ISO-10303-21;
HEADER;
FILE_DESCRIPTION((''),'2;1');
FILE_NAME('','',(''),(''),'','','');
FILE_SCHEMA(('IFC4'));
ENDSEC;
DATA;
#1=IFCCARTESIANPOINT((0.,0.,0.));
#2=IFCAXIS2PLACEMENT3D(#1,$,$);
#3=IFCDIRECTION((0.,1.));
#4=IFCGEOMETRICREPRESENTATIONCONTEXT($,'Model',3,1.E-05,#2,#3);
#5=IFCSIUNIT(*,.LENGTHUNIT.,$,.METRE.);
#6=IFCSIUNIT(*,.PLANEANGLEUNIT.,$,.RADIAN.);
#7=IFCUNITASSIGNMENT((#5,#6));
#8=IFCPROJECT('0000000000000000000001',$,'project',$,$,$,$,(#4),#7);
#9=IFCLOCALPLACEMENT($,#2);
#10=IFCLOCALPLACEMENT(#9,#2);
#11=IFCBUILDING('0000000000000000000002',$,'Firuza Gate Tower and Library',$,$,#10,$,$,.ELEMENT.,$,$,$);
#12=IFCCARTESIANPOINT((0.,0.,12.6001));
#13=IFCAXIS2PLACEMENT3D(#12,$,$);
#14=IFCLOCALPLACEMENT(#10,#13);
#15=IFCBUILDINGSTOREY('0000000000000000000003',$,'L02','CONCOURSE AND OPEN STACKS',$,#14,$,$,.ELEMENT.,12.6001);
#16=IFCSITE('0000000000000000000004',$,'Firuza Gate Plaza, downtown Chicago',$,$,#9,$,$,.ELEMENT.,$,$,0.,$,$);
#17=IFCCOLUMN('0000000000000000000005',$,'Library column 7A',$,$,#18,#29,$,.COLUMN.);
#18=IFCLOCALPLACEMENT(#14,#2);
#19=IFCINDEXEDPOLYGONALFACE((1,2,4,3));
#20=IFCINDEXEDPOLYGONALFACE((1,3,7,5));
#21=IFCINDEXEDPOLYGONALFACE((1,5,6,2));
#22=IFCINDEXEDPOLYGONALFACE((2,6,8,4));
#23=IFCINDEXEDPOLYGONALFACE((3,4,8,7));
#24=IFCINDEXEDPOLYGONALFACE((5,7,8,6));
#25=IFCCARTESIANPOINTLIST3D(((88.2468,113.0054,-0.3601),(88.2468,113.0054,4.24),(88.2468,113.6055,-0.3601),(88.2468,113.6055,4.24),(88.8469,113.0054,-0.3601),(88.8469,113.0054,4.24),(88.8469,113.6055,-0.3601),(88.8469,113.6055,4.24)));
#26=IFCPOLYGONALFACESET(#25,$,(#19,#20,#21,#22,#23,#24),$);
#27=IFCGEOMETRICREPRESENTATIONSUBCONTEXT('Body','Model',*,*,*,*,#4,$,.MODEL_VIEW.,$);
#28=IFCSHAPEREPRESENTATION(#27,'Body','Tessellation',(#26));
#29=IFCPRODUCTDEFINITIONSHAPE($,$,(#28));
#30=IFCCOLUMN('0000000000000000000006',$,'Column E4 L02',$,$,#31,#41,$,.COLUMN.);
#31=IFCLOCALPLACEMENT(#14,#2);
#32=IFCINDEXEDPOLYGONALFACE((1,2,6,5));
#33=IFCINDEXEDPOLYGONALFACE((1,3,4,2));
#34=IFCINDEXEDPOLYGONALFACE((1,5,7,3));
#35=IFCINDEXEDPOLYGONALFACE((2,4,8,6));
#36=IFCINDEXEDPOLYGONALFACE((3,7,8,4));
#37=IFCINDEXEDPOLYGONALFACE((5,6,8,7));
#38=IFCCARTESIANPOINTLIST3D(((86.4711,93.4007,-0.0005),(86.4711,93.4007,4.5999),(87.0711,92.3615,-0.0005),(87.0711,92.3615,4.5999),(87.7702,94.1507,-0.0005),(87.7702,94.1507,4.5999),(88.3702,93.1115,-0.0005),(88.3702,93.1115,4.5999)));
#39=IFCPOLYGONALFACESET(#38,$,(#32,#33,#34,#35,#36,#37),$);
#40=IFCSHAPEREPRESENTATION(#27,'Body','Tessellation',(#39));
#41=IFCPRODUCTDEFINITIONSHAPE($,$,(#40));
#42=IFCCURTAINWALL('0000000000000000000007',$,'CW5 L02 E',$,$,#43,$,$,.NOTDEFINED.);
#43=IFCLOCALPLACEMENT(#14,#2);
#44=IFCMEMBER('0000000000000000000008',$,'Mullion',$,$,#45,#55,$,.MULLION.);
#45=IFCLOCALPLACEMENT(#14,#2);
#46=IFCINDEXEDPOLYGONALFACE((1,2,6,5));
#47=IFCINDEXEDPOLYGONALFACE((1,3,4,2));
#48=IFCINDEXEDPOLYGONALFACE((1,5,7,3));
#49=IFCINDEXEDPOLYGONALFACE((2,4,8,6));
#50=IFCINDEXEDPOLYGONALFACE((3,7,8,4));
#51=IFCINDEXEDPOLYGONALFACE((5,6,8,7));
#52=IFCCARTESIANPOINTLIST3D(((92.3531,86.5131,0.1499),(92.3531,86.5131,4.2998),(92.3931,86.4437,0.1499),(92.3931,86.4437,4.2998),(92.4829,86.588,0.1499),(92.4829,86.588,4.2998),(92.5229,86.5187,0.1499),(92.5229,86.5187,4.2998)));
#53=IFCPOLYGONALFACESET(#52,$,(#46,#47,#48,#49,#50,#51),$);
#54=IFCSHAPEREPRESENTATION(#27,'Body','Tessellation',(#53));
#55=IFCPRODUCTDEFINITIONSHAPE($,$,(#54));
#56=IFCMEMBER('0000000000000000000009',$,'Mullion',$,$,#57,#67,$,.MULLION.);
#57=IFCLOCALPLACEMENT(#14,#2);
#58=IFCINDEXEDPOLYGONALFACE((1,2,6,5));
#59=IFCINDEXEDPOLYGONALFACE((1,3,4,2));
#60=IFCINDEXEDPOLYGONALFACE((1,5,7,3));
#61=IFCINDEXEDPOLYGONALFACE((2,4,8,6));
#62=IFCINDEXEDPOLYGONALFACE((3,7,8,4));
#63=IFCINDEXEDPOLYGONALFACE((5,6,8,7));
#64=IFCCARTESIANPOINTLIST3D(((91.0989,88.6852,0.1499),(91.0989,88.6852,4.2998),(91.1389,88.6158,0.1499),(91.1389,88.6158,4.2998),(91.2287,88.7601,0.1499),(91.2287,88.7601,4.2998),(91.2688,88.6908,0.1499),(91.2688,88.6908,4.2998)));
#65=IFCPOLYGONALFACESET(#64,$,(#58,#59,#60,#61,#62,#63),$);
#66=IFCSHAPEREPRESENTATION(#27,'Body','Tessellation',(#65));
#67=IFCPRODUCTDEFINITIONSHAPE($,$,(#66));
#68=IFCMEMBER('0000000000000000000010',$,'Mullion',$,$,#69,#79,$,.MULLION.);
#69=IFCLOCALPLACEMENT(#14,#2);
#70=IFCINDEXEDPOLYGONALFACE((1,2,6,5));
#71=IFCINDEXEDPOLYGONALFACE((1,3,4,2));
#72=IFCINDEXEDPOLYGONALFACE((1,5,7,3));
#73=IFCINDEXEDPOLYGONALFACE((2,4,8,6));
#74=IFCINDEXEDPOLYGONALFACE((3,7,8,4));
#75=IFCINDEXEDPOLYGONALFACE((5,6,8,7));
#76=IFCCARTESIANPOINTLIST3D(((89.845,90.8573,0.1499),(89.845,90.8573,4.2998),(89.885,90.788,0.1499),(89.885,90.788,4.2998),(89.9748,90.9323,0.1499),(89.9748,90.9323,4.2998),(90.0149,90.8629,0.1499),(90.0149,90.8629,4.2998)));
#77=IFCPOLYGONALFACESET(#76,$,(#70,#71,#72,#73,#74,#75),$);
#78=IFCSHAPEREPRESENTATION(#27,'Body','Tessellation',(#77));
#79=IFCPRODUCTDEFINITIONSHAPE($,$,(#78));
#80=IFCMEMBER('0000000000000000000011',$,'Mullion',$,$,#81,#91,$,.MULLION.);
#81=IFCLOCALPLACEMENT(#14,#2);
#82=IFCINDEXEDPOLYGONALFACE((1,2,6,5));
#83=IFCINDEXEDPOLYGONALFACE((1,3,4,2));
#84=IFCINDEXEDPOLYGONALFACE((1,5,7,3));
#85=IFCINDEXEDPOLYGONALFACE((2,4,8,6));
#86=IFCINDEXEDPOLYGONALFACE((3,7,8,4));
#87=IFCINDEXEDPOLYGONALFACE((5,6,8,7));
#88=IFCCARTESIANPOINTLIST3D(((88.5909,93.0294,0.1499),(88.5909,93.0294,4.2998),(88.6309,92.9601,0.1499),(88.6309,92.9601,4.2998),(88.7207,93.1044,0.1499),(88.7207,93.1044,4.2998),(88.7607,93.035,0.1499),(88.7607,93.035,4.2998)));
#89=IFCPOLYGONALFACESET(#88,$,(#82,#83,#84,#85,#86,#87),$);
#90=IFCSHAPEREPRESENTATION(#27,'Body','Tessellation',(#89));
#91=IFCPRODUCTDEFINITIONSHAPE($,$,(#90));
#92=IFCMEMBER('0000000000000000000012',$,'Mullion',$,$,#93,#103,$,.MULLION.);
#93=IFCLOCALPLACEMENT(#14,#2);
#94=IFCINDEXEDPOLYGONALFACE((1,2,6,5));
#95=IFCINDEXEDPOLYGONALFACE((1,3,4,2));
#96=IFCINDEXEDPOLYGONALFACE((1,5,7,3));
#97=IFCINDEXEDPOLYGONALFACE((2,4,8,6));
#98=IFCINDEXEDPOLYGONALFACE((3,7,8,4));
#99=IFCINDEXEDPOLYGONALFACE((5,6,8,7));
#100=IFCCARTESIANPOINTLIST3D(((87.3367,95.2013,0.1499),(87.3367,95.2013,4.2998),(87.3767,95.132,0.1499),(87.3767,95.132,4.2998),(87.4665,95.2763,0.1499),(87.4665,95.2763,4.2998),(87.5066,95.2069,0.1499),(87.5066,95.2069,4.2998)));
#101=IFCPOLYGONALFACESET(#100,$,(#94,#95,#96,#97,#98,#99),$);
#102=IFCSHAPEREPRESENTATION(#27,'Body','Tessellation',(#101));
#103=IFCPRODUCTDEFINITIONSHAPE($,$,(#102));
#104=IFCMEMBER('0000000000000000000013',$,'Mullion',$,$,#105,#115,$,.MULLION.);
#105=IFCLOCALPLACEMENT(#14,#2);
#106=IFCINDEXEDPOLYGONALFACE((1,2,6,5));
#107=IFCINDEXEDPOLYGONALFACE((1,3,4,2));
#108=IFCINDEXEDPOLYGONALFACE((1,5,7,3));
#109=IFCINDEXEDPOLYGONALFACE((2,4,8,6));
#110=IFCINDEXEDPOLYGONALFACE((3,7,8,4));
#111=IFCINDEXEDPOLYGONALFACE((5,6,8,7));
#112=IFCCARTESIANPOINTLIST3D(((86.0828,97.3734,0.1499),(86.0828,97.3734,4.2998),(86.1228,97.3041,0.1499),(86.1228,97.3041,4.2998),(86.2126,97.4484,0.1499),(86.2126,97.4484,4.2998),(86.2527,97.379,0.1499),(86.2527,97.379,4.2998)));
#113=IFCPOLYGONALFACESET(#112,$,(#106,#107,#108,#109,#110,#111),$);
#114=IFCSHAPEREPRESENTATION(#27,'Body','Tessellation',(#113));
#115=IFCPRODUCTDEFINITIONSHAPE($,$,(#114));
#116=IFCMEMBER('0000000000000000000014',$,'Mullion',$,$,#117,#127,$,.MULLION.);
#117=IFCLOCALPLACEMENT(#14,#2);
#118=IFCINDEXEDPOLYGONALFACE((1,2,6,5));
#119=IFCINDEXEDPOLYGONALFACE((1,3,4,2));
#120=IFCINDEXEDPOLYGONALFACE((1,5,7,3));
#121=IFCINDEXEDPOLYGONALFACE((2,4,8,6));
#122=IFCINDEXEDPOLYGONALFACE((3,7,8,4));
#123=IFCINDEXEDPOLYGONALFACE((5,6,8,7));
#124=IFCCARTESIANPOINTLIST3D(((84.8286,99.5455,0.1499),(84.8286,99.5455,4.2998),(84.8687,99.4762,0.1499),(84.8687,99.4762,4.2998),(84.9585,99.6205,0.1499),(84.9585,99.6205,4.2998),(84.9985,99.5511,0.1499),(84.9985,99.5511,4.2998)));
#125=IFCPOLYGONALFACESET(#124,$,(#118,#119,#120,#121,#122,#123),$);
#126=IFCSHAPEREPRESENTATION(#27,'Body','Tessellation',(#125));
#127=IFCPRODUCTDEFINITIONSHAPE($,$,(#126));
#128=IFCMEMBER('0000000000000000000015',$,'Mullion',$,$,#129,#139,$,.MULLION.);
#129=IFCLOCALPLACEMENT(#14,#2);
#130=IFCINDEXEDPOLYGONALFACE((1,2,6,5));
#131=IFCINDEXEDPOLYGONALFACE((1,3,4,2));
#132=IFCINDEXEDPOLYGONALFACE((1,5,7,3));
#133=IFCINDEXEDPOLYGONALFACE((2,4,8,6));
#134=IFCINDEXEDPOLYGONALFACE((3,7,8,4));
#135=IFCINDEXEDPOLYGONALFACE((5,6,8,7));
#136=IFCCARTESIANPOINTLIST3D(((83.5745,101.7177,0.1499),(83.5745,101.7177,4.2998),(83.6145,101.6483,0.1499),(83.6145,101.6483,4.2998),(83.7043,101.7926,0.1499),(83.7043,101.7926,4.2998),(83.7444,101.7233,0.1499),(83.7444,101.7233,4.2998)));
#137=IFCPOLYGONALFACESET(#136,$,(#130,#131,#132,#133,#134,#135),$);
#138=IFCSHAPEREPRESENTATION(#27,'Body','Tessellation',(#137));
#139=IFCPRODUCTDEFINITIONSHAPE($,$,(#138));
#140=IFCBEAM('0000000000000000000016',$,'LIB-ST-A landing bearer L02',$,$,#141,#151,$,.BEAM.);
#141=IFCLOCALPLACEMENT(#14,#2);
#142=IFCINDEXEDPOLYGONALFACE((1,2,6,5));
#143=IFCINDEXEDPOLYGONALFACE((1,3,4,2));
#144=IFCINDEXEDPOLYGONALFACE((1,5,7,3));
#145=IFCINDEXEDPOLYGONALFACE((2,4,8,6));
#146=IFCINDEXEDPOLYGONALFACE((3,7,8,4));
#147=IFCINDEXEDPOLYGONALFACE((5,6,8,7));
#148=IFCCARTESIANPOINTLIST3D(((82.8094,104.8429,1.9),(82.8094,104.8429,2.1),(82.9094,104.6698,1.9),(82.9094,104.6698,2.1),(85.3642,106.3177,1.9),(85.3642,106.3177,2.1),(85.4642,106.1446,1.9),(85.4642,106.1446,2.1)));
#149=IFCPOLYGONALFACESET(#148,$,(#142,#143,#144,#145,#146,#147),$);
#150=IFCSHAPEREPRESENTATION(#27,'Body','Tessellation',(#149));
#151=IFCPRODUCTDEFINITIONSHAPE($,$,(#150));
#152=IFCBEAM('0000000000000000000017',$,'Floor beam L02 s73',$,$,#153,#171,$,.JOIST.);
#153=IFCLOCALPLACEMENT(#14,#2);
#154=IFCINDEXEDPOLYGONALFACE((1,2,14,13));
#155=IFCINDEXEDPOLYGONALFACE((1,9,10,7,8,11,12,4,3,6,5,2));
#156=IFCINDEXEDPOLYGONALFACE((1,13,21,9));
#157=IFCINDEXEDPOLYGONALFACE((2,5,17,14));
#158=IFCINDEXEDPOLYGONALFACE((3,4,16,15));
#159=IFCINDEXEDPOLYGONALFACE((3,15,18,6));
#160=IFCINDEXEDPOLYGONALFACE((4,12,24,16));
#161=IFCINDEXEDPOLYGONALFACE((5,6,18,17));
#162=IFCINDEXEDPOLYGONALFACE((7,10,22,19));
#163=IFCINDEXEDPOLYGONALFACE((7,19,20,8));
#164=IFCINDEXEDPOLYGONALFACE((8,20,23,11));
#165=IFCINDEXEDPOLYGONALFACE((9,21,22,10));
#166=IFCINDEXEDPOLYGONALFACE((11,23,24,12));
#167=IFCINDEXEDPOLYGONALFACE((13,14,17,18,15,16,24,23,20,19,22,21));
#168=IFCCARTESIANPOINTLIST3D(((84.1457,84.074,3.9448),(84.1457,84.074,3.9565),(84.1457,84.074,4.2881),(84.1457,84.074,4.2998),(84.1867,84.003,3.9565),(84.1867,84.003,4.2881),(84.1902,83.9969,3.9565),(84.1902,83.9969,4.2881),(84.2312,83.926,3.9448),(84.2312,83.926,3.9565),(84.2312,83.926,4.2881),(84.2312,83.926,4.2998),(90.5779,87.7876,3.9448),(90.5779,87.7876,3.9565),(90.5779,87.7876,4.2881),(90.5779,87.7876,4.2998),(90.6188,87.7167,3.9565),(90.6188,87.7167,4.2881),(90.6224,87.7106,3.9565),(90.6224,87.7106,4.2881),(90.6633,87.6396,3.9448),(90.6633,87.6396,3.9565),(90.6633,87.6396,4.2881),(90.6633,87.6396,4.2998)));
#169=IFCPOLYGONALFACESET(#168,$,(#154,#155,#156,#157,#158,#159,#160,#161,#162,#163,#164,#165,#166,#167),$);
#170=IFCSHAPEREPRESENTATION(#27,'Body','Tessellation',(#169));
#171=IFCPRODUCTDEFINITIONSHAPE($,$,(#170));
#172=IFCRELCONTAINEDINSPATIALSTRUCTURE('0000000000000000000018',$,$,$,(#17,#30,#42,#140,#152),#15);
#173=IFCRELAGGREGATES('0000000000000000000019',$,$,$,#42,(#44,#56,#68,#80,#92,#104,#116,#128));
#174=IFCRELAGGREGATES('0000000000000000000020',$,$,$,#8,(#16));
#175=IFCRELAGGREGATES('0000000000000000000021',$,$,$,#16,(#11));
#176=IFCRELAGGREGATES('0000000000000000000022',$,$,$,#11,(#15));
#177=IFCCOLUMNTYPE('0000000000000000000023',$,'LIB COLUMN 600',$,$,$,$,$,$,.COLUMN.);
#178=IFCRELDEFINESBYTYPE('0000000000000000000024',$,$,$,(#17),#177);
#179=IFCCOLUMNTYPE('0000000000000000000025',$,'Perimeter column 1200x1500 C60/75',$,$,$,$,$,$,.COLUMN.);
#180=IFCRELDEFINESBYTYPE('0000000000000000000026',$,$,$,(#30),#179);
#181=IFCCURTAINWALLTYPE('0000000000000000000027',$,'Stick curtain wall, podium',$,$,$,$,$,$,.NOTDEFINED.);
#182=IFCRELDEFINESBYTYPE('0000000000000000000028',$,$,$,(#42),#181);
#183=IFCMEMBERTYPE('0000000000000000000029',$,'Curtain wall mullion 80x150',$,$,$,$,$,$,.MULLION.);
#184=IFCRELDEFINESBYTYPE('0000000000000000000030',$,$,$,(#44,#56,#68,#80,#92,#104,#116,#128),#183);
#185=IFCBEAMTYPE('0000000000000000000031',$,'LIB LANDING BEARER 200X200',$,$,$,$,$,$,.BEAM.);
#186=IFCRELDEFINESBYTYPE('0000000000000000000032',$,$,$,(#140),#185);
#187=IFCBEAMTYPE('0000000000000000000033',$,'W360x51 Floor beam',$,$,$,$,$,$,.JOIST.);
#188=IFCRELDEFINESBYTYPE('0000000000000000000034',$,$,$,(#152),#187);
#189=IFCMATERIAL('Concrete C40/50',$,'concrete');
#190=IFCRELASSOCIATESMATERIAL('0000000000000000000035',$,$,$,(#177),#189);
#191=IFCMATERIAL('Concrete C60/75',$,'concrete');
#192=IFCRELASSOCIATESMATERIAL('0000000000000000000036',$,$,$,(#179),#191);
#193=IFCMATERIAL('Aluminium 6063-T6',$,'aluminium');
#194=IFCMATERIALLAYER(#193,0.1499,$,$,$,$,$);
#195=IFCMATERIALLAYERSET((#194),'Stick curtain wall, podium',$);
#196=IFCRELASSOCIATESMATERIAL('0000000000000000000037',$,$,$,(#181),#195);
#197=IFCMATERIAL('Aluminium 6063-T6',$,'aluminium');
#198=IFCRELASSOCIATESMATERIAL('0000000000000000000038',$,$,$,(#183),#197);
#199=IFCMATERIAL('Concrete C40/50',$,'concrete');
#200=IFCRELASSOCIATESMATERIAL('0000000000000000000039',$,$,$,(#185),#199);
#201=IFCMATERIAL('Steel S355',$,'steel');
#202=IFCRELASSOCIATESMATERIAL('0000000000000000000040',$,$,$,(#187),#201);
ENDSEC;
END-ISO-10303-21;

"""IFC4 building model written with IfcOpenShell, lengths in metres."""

from ifc_helpers import new_model, si_unit, direction, frame, origin, origin_2d, place, context, subcontext, project, spatial, rectangle, i_section, extrude, material, layer, layer_set, material_profile, profile_set, type_object, element, aggregate, save


model = new_model("IFC4")

# Units and contexts
model_context = context("Model", 3, precision=1e-05, world=origin(), true_north=direction((0.0, 1.0)))
body_context = subcontext(model_context, "Body", "Model", "MODEL_VIEW")
ifc_project = project(units=[si_unit("LENGTHUNIT", "METRE"), si_unit("PLANEANGLEUNIT", "RADIAN")], contexts=[model_context])

# Site, building, storey
site_placement = place(None, origin())
site = spatial("IfcSite", under=ifc_project, at=site_placement, Name="Firuza Gate Plaza, downtown Chicago", CompositionType="ELEMENT", RefElevation=0.0)
building_placement = place(site_placement, origin())
building = spatial("IfcBuilding", under=site, at=building_placement, Name="Firuza Gate Tower and Library", CompositionType="ELEMENT")
storey_placement = place(building_placement, frame((0.0, 0.0, 12.6001)))
storey = spatial("IfcBuildingStorey", under=building, at=storey_placement, Name="L02", Description="CONCOURSE AND OPEN STACKS", CompositionType="ELEMENT", Elevation=12.6001)

# Columns
ifc_material_1 = material(Name="Concrete C40/50", Category="concrete")
ifc_material_profile_1 = material_profile(ifc_material_1, rectangle(XDim=0.6001, YDim=0.6001, at=origin_2d()))
ifc_profile_set_1 = profile_set([ifc_material_profile_1], Name="Concrete C40/50")
column_type_1 = type_object("IfcColumnType", Name="LIB COLUMN 600", PredefinedType="COLUMN", material=ifc_profile_set_1)
column_1_placement = place(storey_placement, frame((88.5469, 113.3054, -0.3601), z_axis=(0.0, 0.0, 1.0), x_axis=(1.0, 0.0, 0.0)))
element("IfcColumn", 1, at=column_1_placement, inside=storey, type_object=column_type_1, Name="Library column 7A", PredefinedType="COLUMN", context=body_context, shape_type="SweptSolid", body=[
    extrude(rectangle(XDim=0.6001, YDim=0.6001, at=origin_2d()), origin(), (0.0, 0.0, 1.0), 4.6001),
])
ifc_material_2 = material(Name="Concrete C60/75", Category="concrete")
ifc_material_profile_2 = material_profile(ifc_material_2, rectangle(XDim=1.2, YDim=1.5, at=origin_2d()))
ifc_profile_set_2 = profile_set([ifc_material_profile_2], Name="Concrete C60/75")
column_type_2 = type_object("IfcColumnType", Name="Perimeter column 1200x1500 C60/75", PredefinedType="COLUMN", material=ifc_profile_set_2)
column_2_placement = place(storey_placement, frame((87.4207, 93.2561, -0.0005), z_axis=(0.0, 0.0, 1.0), x_axis=(-0.5, 0.866025, 0.0)))
element("IfcColumn", 2, at=column_2_placement, inside=storey, type_object=column_type_2, Name="Column E4 L02", PredefinedType="COLUMN", context=body_context, shape_type="SweptSolid", body=[
    extrude(rectangle(XDim=1.2, YDim=1.5, at=origin_2d()), origin(), (0.0, 0.0, 1.0), 4.6003),
])

# Curtain wall, members
ifc_material_3 = material(Name="Aluminium 6063-T6", Category="aluminium")
ifc_layer_1 = layer(ifc_material_3, 0.1499)
ifc_layer_set_1 = layer_set([ifc_layer_1], Name="Stick curtain wall, podium")
curtain_wall_type = type_object("IfcCurtainWallType", Name="Stick curtain wall, podium", PredefinedType="NOTDEFINED", material=ifc_layer_set_1)
placement = place(storey_placement, origin())
curtain_wall = element("IfcCurtainWall", 3, at=placement, inside=storey, type_object=curtain_wall_type, Name="CW5 L02 E", PredefinedType="NOTDEFINED")
ifc_material_4 = material(Name="Aluminium 6063-T6", Category="aluminium")
ifc_material_profile_3 = material_profile(ifc_material_4, rectangle(XDim=0.1499, YDim=0.0801, at=origin_2d()))
ifc_profile_set_3 = profile_set([ifc_material_profile_3], Name="Aluminium 6063-T6")
member_type = type_object("IfcMemberType", Name="Curtain wall mullion 80x150", PredefinedType="MULLION", material=ifc_profile_set_3)
member_1_placement = place(storey_placement, frame((92.438, 86.5159, 0.1499), z_axis=(0.0, 0.0, 1.0), x_axis=(-0.866025, -0.5, 0.0)))
member_1 = element("IfcMember", 4, at=member_1_placement, type_object=member_type, Name="Mullion", PredefinedType="MULLION", context=body_context, shape_type="SweptSolid", body=[
    extrude(rectangle(XDim=0.1499, YDim=0.0801, at=origin_2d()), origin(), (0.0, 0.0, 1.0), 4.1499),
])
member_2_placement = place(storey_placement, frame((91.1838, 88.688, 0.1499), z_axis=(0.0, 0.0, 1.0), x_axis=(-0.866025, -0.5, 0.0)))
member_2 = element("IfcMember", 5, at=member_2_placement, type_object=member_type, Name="Mullion", PredefinedType="MULLION", context=body_context, shape_type="SweptSolid", body=[
    extrude(rectangle(XDim=0.1499, YDim=0.0801, at=origin_2d()), origin(), (0.0, 0.0, 1.0), 4.1499),
])
member_3_placement = place(storey_placement, frame((89.9299, 90.8601, 0.1499), z_axis=(0.0, 0.0, 1.0), x_axis=(-0.866025, -0.5, 0.0)))
member_3 = element("IfcMember", 6, at=member_3_placement, type_object=member_type, Name="Mullion", PredefinedType="MULLION", context=body_context, shape_type="SweptSolid", body=[
    extrude(rectangle(XDim=0.1499, YDim=0.0801, at=origin_2d()), origin(), (0.0, 0.0, 1.0), 4.1499),
])
member_4_placement = place(storey_placement, frame((88.6758, 93.0322, 0.1499), z_axis=(0.0, 0.0, 1.0), x_axis=(-0.866025, -0.5, 0.0)))
member_4 = element("IfcMember", 7, at=member_4_placement, type_object=member_type, Name="Mullion", PredefinedType="MULLION", context=body_context, shape_type="SweptSolid", body=[
    extrude(rectangle(XDim=0.1499, YDim=0.0801, at=origin_2d()), origin(), (0.0, 0.0, 1.0), 4.1499),
])
member_5_placement = place(storey_placement, frame((87.4216, 95.2041, 0.1499), z_axis=(0.0, 0.0, 1.0), x_axis=(-0.866025, -0.5, 0.0)))
member_5 = element("IfcMember", 8, at=member_5_placement, type_object=member_type, Name="Mullion", PredefinedType="MULLION", context=body_context, shape_type="SweptSolid", body=[
    extrude(rectangle(XDim=0.1499, YDim=0.0801, at=origin_2d()), origin(), (0.0, 0.0, 1.0), 4.1499),
])
member_6_placement = place(storey_placement, frame((86.1677, 97.3762, 0.1499), z_axis=(0.0, 0.0, 1.0), x_axis=(-0.866025, -0.5, 0.0)))
member_6 = element("IfcMember", 9, at=member_6_placement, type_object=member_type, Name="Mullion", PredefinedType="MULLION", context=body_context, shape_type="SweptSolid", body=[
    extrude(rectangle(XDim=0.1499, YDim=0.0801, at=origin_2d()), origin(), (0.0, 0.0, 1.0), 4.1499),
])
member_7_placement = place(storey_placement, frame((84.9136, 99.5483, 0.1499), z_axis=(0.0, 0.0, 1.0), x_axis=(-0.866025, -0.5, 0.0)))
member_7 = element("IfcMember", 10, at=member_7_placement, type_object=member_type, Name="Mullion", PredefinedType="MULLION", context=body_context, shape_type="SweptSolid", body=[
    extrude(rectangle(XDim=0.1499, YDim=0.0801, at=origin_2d()), origin(), (0.0, 0.0, 1.0), 4.1499),
])
member_8_placement = place(storey_placement, frame((83.6594, 101.7205, 0.1499), z_axis=(0.0, 0.0, 1.0), x_axis=(-0.866025, -0.5, 0.0)))
member_8 = element("IfcMember", 11, at=member_8_placement, type_object=member_type, Name="Mullion", PredefinedType="MULLION", context=body_context, shape_type="SweptSolid", body=[
    extrude(rectangle(XDim=0.1499, YDim=0.0801, at=origin_2d()), origin(), (0.0, 0.0, 1.0), 4.1499),
])

# Beams
ifc_material_5 = material(Name="Concrete C40/50", Category="concrete")
ifc_material_profile_4 = material_profile(ifc_material_5, rectangle(XDim=0.2, YDim=0.2, at=origin_2d()))
ifc_profile_set_4 = profile_set([ifc_material_profile_4], Name="Concrete C40/50")
beam_type_1 = type_object("IfcBeamType", Name="LIB LANDING BEARER 200X200", PredefinedType="BEAM", material=ifc_profile_set_4)
beam_1_placement = place(storey_placement, frame((82.8594, 104.7563, 2.0), z_axis=(0.86606, 0.49994, 0.0), x_axis=(-0.49994, 0.86606, 0.0)))
element("IfcBeam", 12, at=beam_1_placement, inside=storey, type_object=beam_type_1, Name="LIB-ST-A landing bearer L02", PredefinedType="BEAM", context=body_context, shape_type="SweptSolid", body=[
    extrude(rectangle(XDim=0.2, YDim=0.2, at=origin_2d()), origin(), (0.0, 0.0, 1.0), 2.95),
])
ifc_material_6 = material(Name="Steel S355", Category="steel")
ifc_material_profile_5 = material_profile(ifc_material_6, i_section(OverallWidth=0.1709, OverallDepth=0.355, WebThickness=0.0071, FlangeThickness=0.0117, at=origin_2d()))
ifc_profile_set_5 = profile_set([ifc_material_profile_5], Name="Steel S355")
beam_type_2 = type_object("IfcBeamType", Name="W360x51 Floor beam", PredefinedType="JOIST", material=ifc_profile_set_5)
beam_2_placement = place(storey_placement, frame((90.6206, 87.7136, 4.1223), z_axis=(-0.866024, -0.500003, 0.0), x_axis=(0.500003, -0.866024, 0.0)))
element("IfcBeam", 13, at=beam_2_placement, inside=storey, type_object=beam_type_2, Name="Floor beam L02 s73", PredefinedType="JOIST", context=body_context, shape_type="SweptSolid", body=[
    extrude(i_section(OverallWidth=0.1709, OverallDepth=0.355, WebThickness=0.0071, FlangeThickness=0.0117, at=origin_2d()), origin(), (0.0, 0.0, 1.0), 7.4272),
])

aggregate(curtain_wall, [member_1, member_2, member_3, member_4, member_5, member_6, member_7, member_8])

save(model, "model.ifc")
